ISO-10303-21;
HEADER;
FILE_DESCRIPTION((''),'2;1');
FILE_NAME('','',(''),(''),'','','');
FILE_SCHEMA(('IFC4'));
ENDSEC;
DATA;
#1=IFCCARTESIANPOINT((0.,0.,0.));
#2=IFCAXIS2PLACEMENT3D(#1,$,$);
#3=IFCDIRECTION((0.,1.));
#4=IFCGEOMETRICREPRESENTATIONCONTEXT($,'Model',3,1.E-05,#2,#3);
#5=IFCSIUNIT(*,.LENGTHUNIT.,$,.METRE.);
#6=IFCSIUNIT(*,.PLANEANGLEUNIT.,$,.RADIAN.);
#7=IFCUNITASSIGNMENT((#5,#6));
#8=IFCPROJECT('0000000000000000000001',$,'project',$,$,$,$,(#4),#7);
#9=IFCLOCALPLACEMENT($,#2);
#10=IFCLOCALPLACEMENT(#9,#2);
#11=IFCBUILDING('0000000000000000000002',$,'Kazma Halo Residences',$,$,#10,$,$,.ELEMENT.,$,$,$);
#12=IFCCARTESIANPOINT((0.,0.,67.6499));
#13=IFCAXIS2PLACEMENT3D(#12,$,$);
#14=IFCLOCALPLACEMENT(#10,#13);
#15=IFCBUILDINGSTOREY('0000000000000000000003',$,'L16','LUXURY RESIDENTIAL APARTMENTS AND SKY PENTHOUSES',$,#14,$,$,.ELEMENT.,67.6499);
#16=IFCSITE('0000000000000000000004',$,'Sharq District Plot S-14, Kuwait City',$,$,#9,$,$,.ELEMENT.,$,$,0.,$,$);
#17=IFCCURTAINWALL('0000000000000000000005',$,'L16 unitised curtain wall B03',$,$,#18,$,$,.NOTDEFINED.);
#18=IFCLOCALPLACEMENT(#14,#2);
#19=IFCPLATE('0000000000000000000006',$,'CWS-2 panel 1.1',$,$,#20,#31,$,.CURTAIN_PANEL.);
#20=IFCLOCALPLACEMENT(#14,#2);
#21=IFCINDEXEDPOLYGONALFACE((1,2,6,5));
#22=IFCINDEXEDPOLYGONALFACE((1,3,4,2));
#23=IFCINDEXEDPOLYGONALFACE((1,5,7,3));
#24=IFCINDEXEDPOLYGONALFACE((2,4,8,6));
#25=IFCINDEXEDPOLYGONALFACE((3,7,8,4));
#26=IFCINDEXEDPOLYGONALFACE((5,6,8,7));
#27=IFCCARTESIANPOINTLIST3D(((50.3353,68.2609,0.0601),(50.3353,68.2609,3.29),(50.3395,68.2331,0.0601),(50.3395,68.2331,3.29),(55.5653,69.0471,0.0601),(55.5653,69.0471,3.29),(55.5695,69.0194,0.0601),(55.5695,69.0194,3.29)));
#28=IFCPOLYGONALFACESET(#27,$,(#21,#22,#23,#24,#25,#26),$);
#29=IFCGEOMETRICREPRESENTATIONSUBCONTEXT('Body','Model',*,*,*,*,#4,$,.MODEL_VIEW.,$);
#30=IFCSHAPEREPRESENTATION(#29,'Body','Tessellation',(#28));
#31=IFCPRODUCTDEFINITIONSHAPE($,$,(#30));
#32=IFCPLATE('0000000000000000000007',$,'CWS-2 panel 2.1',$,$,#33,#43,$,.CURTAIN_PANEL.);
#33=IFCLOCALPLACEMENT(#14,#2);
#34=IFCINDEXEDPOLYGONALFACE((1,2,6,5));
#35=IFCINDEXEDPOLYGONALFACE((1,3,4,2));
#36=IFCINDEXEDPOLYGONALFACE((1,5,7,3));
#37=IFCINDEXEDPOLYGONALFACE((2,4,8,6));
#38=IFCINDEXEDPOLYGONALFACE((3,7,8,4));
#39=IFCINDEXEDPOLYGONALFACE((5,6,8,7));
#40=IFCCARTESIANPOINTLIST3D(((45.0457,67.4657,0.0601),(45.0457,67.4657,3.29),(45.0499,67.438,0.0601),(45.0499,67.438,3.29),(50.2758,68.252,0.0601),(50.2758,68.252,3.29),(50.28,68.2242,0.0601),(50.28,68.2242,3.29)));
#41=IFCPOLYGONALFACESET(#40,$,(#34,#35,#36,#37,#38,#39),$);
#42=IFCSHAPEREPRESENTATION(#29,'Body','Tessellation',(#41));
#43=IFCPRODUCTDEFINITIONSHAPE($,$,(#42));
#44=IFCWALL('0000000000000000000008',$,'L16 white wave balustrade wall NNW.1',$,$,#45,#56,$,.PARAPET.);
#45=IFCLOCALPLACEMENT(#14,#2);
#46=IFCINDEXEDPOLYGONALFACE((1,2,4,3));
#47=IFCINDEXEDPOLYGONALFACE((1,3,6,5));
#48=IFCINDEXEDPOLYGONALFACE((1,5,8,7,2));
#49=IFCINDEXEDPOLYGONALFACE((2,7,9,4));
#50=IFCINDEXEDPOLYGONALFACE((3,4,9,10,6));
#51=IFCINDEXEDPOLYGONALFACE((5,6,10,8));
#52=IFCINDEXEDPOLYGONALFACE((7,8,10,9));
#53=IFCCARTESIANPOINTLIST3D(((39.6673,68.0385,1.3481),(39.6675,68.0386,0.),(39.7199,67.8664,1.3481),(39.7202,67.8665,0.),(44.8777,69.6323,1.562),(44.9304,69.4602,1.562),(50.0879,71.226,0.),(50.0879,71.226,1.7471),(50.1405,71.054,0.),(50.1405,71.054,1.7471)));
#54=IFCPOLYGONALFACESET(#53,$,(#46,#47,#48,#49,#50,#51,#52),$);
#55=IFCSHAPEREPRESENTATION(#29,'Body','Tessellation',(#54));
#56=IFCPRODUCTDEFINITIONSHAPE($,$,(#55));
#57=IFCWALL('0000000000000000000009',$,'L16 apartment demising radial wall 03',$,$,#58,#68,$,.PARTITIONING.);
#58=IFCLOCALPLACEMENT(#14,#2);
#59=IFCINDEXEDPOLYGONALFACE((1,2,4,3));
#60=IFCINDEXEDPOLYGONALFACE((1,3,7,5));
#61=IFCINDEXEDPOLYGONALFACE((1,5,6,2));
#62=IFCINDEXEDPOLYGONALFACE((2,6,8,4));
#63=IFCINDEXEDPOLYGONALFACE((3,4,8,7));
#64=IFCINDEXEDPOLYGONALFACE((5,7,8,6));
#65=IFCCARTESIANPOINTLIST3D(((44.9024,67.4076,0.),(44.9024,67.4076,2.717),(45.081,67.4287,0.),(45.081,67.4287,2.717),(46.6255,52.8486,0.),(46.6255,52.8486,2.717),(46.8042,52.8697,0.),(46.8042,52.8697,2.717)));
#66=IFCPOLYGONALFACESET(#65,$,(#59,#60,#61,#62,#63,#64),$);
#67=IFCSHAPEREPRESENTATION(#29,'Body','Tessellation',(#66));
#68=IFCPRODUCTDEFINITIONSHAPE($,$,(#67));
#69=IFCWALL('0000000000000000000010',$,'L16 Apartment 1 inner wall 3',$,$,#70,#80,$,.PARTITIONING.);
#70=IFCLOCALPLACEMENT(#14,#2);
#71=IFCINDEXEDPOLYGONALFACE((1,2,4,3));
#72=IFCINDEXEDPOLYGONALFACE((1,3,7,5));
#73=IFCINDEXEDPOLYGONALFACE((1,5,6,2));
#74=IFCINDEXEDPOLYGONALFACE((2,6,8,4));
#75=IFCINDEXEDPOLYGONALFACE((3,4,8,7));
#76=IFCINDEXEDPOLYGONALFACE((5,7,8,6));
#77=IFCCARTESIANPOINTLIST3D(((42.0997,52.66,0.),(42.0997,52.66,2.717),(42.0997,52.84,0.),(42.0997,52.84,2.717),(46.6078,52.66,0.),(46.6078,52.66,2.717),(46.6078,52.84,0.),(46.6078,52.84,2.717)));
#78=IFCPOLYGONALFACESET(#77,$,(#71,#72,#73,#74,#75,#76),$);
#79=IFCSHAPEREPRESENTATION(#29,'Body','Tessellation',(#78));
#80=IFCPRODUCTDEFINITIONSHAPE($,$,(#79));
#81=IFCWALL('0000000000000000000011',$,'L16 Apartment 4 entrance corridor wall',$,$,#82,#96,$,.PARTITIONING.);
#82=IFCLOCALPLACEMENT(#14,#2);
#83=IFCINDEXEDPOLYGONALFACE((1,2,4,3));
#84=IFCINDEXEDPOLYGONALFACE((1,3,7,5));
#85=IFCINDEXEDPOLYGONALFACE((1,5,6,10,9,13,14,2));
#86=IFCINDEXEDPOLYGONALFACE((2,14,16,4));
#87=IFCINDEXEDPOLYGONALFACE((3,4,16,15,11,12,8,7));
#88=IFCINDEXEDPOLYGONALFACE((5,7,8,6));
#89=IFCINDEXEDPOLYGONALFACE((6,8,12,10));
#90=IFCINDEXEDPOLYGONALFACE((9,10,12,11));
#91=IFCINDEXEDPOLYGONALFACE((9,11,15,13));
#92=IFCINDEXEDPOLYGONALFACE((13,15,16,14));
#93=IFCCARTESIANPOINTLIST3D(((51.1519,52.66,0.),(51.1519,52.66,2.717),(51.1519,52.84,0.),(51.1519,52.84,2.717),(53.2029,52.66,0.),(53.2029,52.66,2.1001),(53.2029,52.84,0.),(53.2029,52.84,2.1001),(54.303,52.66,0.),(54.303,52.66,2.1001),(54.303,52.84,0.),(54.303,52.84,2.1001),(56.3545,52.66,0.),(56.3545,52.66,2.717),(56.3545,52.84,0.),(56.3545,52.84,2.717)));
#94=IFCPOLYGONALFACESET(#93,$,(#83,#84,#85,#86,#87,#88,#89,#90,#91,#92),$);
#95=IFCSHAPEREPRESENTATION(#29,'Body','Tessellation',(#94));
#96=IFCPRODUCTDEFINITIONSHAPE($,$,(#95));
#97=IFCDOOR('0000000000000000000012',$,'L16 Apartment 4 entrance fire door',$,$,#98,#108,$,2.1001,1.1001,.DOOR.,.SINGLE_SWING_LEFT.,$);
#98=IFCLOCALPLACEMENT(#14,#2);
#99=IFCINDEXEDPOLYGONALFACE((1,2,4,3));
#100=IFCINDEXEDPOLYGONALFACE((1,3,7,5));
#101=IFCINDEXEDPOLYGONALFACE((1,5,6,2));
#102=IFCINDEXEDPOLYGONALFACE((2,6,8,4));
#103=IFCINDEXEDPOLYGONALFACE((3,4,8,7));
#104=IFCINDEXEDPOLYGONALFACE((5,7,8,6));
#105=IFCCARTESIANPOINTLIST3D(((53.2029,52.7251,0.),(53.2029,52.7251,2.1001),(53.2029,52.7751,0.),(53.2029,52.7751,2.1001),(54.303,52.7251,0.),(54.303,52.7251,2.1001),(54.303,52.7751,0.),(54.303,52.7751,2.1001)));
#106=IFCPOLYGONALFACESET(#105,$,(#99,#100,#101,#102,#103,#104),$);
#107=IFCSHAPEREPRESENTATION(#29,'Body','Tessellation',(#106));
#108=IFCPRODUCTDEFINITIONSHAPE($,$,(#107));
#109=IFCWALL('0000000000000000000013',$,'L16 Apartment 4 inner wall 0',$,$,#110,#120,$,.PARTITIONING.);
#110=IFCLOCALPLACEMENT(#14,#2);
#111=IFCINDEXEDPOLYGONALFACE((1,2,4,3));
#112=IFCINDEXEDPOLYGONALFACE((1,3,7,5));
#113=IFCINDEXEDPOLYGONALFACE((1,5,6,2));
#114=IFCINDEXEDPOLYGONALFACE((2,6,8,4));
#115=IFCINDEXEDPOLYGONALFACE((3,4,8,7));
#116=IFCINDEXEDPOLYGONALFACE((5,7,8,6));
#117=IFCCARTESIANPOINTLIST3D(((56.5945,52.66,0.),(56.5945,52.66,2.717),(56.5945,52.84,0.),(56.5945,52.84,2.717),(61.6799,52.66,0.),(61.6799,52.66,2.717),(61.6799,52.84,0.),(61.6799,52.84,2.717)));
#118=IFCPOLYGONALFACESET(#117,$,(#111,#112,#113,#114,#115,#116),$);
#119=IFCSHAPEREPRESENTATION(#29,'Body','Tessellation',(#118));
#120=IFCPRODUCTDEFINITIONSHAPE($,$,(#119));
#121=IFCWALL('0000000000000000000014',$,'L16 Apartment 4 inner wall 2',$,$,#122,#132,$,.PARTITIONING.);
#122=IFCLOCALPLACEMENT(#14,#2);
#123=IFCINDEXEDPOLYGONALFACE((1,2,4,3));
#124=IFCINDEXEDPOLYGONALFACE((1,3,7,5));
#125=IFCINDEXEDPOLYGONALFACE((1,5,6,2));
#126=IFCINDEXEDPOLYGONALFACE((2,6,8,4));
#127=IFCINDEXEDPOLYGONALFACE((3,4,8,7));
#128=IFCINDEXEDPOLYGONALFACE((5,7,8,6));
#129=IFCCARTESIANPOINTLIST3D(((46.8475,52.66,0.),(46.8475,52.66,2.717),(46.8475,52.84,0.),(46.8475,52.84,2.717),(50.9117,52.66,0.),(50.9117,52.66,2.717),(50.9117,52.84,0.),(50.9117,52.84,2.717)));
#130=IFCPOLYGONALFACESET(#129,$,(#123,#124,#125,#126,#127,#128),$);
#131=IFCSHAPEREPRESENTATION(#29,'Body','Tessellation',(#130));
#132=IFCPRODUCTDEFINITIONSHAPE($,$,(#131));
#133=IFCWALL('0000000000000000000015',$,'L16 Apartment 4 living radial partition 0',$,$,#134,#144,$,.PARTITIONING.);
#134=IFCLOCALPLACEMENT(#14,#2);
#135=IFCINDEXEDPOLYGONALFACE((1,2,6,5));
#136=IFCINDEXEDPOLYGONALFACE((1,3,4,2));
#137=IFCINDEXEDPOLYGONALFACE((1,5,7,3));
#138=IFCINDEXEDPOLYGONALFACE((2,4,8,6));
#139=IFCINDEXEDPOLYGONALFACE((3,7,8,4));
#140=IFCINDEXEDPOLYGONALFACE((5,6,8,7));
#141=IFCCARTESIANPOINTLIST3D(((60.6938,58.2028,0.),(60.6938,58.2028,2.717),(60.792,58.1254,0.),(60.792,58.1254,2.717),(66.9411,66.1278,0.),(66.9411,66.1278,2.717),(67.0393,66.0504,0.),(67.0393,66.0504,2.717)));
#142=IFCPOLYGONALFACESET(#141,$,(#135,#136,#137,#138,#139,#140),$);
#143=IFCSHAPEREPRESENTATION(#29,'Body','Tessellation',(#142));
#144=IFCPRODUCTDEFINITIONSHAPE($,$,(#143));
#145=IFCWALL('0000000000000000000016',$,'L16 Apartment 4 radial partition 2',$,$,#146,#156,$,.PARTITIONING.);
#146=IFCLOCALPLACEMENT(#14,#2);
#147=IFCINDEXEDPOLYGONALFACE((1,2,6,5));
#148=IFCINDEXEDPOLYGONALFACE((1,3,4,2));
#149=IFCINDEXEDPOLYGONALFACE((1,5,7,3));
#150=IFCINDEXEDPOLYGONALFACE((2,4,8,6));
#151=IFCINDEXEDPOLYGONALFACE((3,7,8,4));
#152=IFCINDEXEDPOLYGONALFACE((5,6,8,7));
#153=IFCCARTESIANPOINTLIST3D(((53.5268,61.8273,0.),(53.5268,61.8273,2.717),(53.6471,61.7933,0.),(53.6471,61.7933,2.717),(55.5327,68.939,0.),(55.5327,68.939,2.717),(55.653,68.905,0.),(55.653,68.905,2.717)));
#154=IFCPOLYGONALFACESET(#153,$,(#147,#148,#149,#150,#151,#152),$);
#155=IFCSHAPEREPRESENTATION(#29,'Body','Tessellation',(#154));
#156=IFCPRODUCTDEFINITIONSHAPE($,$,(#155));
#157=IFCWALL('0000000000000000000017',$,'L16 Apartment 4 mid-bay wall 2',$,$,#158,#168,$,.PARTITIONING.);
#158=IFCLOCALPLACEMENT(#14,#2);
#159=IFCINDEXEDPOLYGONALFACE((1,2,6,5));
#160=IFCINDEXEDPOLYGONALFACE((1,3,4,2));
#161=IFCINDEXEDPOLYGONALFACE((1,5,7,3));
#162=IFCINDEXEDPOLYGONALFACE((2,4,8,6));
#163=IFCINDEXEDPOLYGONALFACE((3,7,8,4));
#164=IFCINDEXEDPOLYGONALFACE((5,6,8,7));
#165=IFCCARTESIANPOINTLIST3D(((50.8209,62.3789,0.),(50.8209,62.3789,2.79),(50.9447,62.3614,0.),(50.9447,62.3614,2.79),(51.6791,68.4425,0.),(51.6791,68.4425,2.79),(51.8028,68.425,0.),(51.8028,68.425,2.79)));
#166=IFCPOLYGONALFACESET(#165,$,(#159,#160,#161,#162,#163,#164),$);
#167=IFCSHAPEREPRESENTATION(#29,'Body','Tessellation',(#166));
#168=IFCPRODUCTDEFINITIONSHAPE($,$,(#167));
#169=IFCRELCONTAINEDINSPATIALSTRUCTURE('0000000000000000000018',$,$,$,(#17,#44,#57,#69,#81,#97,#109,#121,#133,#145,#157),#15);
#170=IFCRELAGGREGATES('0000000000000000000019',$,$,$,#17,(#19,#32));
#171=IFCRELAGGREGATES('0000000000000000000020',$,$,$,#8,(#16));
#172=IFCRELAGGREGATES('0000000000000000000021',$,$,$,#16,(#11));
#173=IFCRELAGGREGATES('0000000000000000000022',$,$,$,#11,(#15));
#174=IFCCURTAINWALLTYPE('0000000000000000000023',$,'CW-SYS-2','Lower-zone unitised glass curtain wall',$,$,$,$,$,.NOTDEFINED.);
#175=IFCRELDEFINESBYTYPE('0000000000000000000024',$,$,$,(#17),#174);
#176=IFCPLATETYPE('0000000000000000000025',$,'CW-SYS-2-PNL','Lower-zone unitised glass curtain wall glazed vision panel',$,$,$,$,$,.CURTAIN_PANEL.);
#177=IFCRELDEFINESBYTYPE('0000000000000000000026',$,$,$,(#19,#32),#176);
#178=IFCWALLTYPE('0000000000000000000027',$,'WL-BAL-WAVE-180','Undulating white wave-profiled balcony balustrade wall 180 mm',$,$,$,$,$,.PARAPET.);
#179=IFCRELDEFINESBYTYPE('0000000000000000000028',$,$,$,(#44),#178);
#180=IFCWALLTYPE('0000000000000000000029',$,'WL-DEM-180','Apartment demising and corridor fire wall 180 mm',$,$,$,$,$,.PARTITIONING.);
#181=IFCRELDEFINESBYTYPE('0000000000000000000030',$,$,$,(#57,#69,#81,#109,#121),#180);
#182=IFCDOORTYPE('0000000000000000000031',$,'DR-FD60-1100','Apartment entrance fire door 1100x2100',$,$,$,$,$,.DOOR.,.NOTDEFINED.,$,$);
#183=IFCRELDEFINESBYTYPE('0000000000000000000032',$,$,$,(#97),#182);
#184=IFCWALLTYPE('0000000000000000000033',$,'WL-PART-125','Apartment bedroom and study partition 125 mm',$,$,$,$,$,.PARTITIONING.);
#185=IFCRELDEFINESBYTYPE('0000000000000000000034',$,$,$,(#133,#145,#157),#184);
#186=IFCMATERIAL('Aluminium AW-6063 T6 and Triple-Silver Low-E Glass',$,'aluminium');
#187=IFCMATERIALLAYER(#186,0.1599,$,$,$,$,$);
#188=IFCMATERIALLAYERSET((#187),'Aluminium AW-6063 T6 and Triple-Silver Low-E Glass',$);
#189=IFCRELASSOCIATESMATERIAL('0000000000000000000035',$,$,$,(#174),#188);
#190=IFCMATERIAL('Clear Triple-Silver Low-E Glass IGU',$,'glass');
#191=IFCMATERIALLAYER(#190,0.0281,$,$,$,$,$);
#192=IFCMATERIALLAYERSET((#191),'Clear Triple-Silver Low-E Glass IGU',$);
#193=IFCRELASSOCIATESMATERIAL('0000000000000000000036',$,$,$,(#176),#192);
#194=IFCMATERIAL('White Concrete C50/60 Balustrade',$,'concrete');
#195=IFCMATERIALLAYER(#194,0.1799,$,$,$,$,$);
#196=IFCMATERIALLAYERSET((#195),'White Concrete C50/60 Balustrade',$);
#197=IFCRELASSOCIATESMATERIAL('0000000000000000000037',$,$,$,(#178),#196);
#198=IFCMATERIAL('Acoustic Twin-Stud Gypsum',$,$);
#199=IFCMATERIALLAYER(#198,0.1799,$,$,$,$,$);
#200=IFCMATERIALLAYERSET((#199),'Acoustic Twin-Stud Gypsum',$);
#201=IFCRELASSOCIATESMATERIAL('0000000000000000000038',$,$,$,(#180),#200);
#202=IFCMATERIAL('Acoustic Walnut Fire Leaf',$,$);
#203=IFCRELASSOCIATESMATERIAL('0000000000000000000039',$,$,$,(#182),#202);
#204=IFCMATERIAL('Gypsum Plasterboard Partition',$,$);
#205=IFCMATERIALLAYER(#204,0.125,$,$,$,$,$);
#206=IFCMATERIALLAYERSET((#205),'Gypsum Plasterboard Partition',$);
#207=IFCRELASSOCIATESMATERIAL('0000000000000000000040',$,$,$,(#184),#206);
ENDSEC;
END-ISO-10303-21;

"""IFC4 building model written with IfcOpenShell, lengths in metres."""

from ifc_helpers import new_model, si_unit, direction, frame, frame_2d, origin, origin_2d, place, context, subcontext, project, spatial, polyline, rectangle, outline, extrude, material, layer, layer_set, type_object, element, fill, aggregate, save


model = new_model("IFC4")

# Units and contexts
model_context = context("Model", 3, precision=1e-05, world=origin(), true_north=direction((0.0, 1.0)))
body_context = subcontext(model_context, "Body", "Model", "MODEL_VIEW")
ifc_project = project(units=[si_unit("LENGTHUNIT", "METRE"), si_unit("PLANEANGLEUNIT", "RADIAN")], contexts=[model_context])

# Site, building, storey
site_placement = place(None, origin())
site = spatial("IfcSite", under=ifc_project, at=site_placement, Name="Sharq District Plot S-14, Kuwait City", CompositionType="ELEMENT", RefElevation=0.0)
building_placement = place(site_placement, origin())
building = spatial("IfcBuilding", under=site, at=building_placement, Name="Kazma Halo Residences", CompositionType="ELEMENT")
storey_placement = place(building_placement, frame((0.0, 0.0, 67.6499)))
storey = spatial("IfcBuildingStorey", under=building, at=storey_placement, Name="L16", Description="LUXURY RESIDENTIAL APARTMENTS AND SKY PENTHOUSES", CompositionType="ELEMENT", Elevation=67.6499)

# Curtain wall, plates
ifc_material_1 = material(Name="Aluminium AW-6063 T6 and Triple-Silver Low-E Glass", Category="aluminium")
ifc_layer_1 = layer(ifc_material_1, 0.1599)
ifc_layer_set_1 = layer_set([ifc_layer_1], Name="Aluminium AW-6063 T6 and Triple-Silver Low-E Glass")
curtain_wall_type = type_object("IfcCurtainWallType", Name="CW-SYS-2", Description="Lower-zone unitised glass curtain wall", PredefinedType="NOTDEFINED", material=ifc_layer_set_1)
curtain_wall_placement = place(storey_placement, origin())
curtain_wall = element("IfcCurtainWall", 1, at=curtain_wall_placement, inside=storey, type_object=curtain_wall_type, Name="L16 unitised curtain wall B03", PredefinedType="NOTDEFINED")
ifc_material_2 = material(Name="Clear Triple-Silver Low-E Glass IGU", Category="glass")
ifc_layer_2 = layer(ifc_material_2, 0.0281)
ifc_layer_set_2 = layer_set([ifc_layer_2], Name="Clear Triple-Silver Low-E Glass IGU")
plate_type = type_object("IfcPlateType", Name="CW-SYS-2-PNL", Description="Lower-zone unitised glass curtain wall glazed vision panel", PredefinedType="CURTAIN_PANEL", material=ifc_layer_set_2)
plate_1_placement = place(storey_placement, frame((52.9524, 68.6401, 0.0601), z_axis=(0.0, 0.0, 1.0), x_axis=(-0.988889, -0.148657, 0.0)))
plate_1 = element("IfcPlate", 2, at=plate_1_placement, type_object=plate_type, Name="CWS-2 panel 1.1", PredefinedType="CURTAIN_PANEL", context=body_context, shape_type="SweptSolid", body=[
    extrude(rectangle(XDim=5.2888, YDim=0.0281, at=origin_2d()), origin(), (0.0, 0.0, 1.0), 3.23),
])
plate_2_placement = place(storey_placement, frame((47.6628, 67.845, 0.0601), z_axis=(0.0, 0.0, 1.0), x_axis=(-0.988889, -0.148657, 0.0)))
plate_2 = element("IfcPlate", 3, at=plate_2_placement, type_object=plate_type, Name="CWS-2 panel 2.1", PredefinedType="CURTAIN_PANEL", context=body_context, shape_type="SweptSolid", body=[
    extrude(rectangle(XDim=5.2888, YDim=0.0281, at=origin_2d()), origin(), (0.0, 0.0, 1.0), 3.23),
])
aggregate(curtain_wall, [plate_1, plate_2])

# Walls
ifc_material_3 = material(Name="White Concrete C50/60 Balustrade", Category="concrete")
ifc_layer_3 = layer(ifc_material_3, 0.1799)
ifc_layer_set_3 = layer_set([ifc_layer_3], Name="White Concrete C50/60 Balustrade")
wall_type_1 = type_object("IfcWallType", Name="WL-BAL-WAVE-180", Description="Undulating white wave-profiled balcony balustrade wall 180 mm", PredefinedType="PARAPET", material=ifc_layer_set_3)
wall_1_placement = place(storey_placement, frame((50.1143, 71.1399, 0.0), z_axis=(0.0, 0.0, 1.0), x_axis=(-0.956262, -0.292511, 0.0)))
element("IfcWall", 4, at=wall_1_placement, inside=storey, type_object=wall_type_1, Name="L16 white wave balustrade wall NNW.1", PredefinedType="PARAPET", context=body_context, shape_type="SweptSolid", body=[
    extrude(outline(polyline([(0.0, 0.0), (10.897, 0.0), (10.8972, 1.3481), (5.4485, 1.562), (0.0, 1.7471), (0.0, 0.0)])), frame((0.0, 0.0898, 0.0), z_axis=(0.0, -1.0, 0.0), x_axis=(1.0, 0.0, 0.0)), (0.0, 0.0, 1.0), 0.1799),
])
ifc_material_4 = material(Name="Acoustic Twin-Stud Gypsum")
ifc_layer_4 = layer(ifc_material_4, 0.1799)
ifc_layer_set_4 = layer_set([ifc_layer_4], Name="Acoustic Twin-Stud Gypsum")
wall_type_2 = type_object("IfcWallType", Name="WL-DEM-180", Description="Apartment demising and corridor fire wall 180 mm", PredefinedType="PARTITIONING", material=ifc_layer_set_4)
wall_2_placement = place(storey_placement, frame((46.7148, 52.8591, 0.0), z_axis=(0.0, 0.0, 1.0), x_axis=(-0.117535, 0.993069, 0.0)))
element("IfcWall", 5, at=wall_2_placement, inside=storey, type_object=wall_type_2, Name="L16 apartment demising radial wall 03", PredefinedType="PARTITIONING", context=body_context, shape_type="SweptSolid", body=[
    extrude(rectangle(XDim=14.6606, YDim=0.1799, at=frame_2d((7.3303, 0.0))), origin(), (0.0, 0.0, 1.0), 2.717),
])
wall_3_placement = place(storey_placement, frame((46.6077, 52.75, 0.0), z_axis=(0.0, 0.0, 1.0), x_axis=(-1.0, 0.0, 0.0)))
element("IfcWall", 6, at=wall_3_placement, inside=storey, type_object=wall_type_2, Name="L16 Apartment 1 inner wall 3", PredefinedType="PARTITIONING", context=body_context, shape_type="SweptSolid", body=[
    extrude(rectangle(XDim=4.5081, YDim=0.1799, at=frame_2d((2.2539, 0.0))), origin(), (0.0, 0.0, 1.0), 2.717),
])

# Wall, opening, door
wall_4_placement = place(storey_placement, frame((56.3545, 52.75, 0.0), z_axis=(0.0, 0.0, 1.0), x_axis=(-1.0, 0.0, 0.0)))
wall_4 = element("IfcWall", 7, at=wall_4_placement, inside=storey, type_object=wall_type_2, Name="L16 Apartment 4 entrance corridor wall", PredefinedType="PARTITIONING", context=body_context, shape_type="SweptSolid", body=[
    extrude(rectangle(XDim=5.2026, YDim=0.1799, at=frame_2d((2.6013, 0.0))), origin(), (0.0, 0.0, 1.0), 2.717),
])
opening_1_placement = place(wall_4_placement, frame((2.0515, 0.0, 0.0)))
opening_1 = element("IfcOpeningElement", 8, at=opening_1_placement, cuts=wall_4, PredefinedType="OPENING", context=body_context, shape_type="SweptSolid", body=[
    extrude(rectangle(XDim=1.1001, YDim=2.1001, at=frame_2d((0.55, 1.05))), frame((0.0, 0.0999, 0.0), z_axis=(0.0, -1.0, 0.0), x_axis=(1.0, 0.0, 0.0)), (0.0, 0.0, 1.0), 0.2),
])
ifc_material_5 = material(Name="Acoustic Walnut Fire Leaf")
door_type_1 = type_object("IfcDoorType", Name="DR-FD60-1100", Description="Apartment entrance fire door 1100x2100", OperationType="NOTDEFINED", PredefinedType="DOOR", material=ifc_material_5)
door_1_placement = place(opening_1_placement, origin())
door_1 = element("IfcDoor", 9, at=door_1_placement, inside=storey, type_object=door_type_1, Name="L16 Apartment 4 entrance fire door", OperationType="SINGLE_SWING_LEFT", OverallHeight=2.1001, OverallWidth=1.1001, PredefinedType="DOOR", context=body_context, shape_type="SweptSolid", body=[
    extrude(rectangle(XDim=1.1001, YDim=2.1001, at=frame_2d((0.55, 1.05))), frame((0.0, 0.0249, 0.0), z_axis=(0.0, -1.0, 0.0), x_axis=(1.0, 0.0, 0.0)), (0.0, 0.0, 1.0), 0.05),
])
fill(opening_1, door_1)

# Walls
wall_5_placement = place(storey_placement, frame((61.6799, 52.75, 0.0), z_axis=(0.0, 0.0, 1.0), x_axis=(-1.0, 0.0, 0.0)))
element("IfcWall", 10, at=wall_5_placement, inside=storey, type_object=wall_type_2, Name="L16 Apartment 4 inner wall 0", PredefinedType="PARTITIONING", context=body_context, shape_type="SweptSolid", body=[
    extrude(rectangle(XDim=5.0854, YDim=0.1799, at=frame_2d((2.5427, 0.0))), origin(), (0.0, 0.0, 1.0), 2.717),
])
wall_6_placement = place(storey_placement, frame((50.9119, 52.75, 0.0), z_axis=(0.0, 0.0, 1.0), x_axis=(-1.0, 0.0, 0.0)))
element("IfcWall", 11, at=wall_6_placement, inside=storey, type_object=wall_type_2, Name="L16 Apartment 4 inner wall 2", PredefinedType="PARTITIONING", context=body_context, shape_type="SweptSolid", body=[
    extrude(rectangle(XDim=4.0642, YDim=0.1799, at=frame_2d((2.0322, 0.0))), origin(), (0.0, 0.0, 1.0), 2.717),
])
ifc_material_6 = material(Name="Gypsum Plasterboard Partition")
ifc_layer_5 = layer(ifc_material_6, 0.125)
ifc_layer_set_5 = layer_set([ifc_layer_5], Name="Gypsum Plasterboard Partition")
wall_type_3 = type_object("IfcWallType", Name="WL-PART-125", Description="Apartment bedroom and study partition 125 mm", PredefinedType="PARTITIONING", material=ifc_layer_set_5)
wall_7_placement = place(storey_placement, frame((60.7429, 58.1641, 0.0), z_axis=(0.0, 0.0, 1.0), x_axis=(0.619076, 0.785331, 0.0)))
element("IfcWall", 12, at=wall_7_placement, inside=storey, type_object=wall_type_3, Name="L16 Apartment 4 living radial partition 0", PredefinedType="PARTITIONING", context=body_context, shape_type="SweptSolid", body=[
    extrude(rectangle(XDim=10.0913, YDim=0.125, at=frame_2d((5.0457, 0.0))), origin(), (0.0, 0.0, 1.0), 2.717),
])
wall_8_placement = place(storey_placement, frame((53.5869, 61.8103, 0.0), z_axis=(0.0, 0.0, 1.0), x_axis=(0.271464, 0.962449, 0.0)))
element("IfcWall", 13, at=wall_8_placement, inside=storey, type_object=wall_type_3, Name="L16 Apartment 4 radial partition 2", PredefinedType="PARTITIONING", context=body_context, shape_type="SweptSolid", body=[
    extrude(rectangle(XDim=7.3892, YDim=0.125, at=frame_2d((3.6946, 0.0))), origin(), (0.0, 0.0, 1.0), 2.717),
])
wall_9_placement = place(storey_placement, frame((50.8828, 62.3701, 0.0), z_axis=(0.0, 0.0, 1.0), x_axis=(0.140126, 0.990134, 0.0)))
element("IfcWall", 14, at=wall_9_placement, inside=storey, type_object=wall_type_3, Name="L16 Apartment 4 mid-bay wall 2", PredefinedType="PARTITIONING", context=body_context, shape_type="SweptSolid", body=[
    extrude(rectangle(XDim=6.124, YDim=0.125, at=frame_2d((3.062, 0.0))), origin(), (0.0, 0.0, 1.0), 2.79),
])

save(model, "model.ifc")
